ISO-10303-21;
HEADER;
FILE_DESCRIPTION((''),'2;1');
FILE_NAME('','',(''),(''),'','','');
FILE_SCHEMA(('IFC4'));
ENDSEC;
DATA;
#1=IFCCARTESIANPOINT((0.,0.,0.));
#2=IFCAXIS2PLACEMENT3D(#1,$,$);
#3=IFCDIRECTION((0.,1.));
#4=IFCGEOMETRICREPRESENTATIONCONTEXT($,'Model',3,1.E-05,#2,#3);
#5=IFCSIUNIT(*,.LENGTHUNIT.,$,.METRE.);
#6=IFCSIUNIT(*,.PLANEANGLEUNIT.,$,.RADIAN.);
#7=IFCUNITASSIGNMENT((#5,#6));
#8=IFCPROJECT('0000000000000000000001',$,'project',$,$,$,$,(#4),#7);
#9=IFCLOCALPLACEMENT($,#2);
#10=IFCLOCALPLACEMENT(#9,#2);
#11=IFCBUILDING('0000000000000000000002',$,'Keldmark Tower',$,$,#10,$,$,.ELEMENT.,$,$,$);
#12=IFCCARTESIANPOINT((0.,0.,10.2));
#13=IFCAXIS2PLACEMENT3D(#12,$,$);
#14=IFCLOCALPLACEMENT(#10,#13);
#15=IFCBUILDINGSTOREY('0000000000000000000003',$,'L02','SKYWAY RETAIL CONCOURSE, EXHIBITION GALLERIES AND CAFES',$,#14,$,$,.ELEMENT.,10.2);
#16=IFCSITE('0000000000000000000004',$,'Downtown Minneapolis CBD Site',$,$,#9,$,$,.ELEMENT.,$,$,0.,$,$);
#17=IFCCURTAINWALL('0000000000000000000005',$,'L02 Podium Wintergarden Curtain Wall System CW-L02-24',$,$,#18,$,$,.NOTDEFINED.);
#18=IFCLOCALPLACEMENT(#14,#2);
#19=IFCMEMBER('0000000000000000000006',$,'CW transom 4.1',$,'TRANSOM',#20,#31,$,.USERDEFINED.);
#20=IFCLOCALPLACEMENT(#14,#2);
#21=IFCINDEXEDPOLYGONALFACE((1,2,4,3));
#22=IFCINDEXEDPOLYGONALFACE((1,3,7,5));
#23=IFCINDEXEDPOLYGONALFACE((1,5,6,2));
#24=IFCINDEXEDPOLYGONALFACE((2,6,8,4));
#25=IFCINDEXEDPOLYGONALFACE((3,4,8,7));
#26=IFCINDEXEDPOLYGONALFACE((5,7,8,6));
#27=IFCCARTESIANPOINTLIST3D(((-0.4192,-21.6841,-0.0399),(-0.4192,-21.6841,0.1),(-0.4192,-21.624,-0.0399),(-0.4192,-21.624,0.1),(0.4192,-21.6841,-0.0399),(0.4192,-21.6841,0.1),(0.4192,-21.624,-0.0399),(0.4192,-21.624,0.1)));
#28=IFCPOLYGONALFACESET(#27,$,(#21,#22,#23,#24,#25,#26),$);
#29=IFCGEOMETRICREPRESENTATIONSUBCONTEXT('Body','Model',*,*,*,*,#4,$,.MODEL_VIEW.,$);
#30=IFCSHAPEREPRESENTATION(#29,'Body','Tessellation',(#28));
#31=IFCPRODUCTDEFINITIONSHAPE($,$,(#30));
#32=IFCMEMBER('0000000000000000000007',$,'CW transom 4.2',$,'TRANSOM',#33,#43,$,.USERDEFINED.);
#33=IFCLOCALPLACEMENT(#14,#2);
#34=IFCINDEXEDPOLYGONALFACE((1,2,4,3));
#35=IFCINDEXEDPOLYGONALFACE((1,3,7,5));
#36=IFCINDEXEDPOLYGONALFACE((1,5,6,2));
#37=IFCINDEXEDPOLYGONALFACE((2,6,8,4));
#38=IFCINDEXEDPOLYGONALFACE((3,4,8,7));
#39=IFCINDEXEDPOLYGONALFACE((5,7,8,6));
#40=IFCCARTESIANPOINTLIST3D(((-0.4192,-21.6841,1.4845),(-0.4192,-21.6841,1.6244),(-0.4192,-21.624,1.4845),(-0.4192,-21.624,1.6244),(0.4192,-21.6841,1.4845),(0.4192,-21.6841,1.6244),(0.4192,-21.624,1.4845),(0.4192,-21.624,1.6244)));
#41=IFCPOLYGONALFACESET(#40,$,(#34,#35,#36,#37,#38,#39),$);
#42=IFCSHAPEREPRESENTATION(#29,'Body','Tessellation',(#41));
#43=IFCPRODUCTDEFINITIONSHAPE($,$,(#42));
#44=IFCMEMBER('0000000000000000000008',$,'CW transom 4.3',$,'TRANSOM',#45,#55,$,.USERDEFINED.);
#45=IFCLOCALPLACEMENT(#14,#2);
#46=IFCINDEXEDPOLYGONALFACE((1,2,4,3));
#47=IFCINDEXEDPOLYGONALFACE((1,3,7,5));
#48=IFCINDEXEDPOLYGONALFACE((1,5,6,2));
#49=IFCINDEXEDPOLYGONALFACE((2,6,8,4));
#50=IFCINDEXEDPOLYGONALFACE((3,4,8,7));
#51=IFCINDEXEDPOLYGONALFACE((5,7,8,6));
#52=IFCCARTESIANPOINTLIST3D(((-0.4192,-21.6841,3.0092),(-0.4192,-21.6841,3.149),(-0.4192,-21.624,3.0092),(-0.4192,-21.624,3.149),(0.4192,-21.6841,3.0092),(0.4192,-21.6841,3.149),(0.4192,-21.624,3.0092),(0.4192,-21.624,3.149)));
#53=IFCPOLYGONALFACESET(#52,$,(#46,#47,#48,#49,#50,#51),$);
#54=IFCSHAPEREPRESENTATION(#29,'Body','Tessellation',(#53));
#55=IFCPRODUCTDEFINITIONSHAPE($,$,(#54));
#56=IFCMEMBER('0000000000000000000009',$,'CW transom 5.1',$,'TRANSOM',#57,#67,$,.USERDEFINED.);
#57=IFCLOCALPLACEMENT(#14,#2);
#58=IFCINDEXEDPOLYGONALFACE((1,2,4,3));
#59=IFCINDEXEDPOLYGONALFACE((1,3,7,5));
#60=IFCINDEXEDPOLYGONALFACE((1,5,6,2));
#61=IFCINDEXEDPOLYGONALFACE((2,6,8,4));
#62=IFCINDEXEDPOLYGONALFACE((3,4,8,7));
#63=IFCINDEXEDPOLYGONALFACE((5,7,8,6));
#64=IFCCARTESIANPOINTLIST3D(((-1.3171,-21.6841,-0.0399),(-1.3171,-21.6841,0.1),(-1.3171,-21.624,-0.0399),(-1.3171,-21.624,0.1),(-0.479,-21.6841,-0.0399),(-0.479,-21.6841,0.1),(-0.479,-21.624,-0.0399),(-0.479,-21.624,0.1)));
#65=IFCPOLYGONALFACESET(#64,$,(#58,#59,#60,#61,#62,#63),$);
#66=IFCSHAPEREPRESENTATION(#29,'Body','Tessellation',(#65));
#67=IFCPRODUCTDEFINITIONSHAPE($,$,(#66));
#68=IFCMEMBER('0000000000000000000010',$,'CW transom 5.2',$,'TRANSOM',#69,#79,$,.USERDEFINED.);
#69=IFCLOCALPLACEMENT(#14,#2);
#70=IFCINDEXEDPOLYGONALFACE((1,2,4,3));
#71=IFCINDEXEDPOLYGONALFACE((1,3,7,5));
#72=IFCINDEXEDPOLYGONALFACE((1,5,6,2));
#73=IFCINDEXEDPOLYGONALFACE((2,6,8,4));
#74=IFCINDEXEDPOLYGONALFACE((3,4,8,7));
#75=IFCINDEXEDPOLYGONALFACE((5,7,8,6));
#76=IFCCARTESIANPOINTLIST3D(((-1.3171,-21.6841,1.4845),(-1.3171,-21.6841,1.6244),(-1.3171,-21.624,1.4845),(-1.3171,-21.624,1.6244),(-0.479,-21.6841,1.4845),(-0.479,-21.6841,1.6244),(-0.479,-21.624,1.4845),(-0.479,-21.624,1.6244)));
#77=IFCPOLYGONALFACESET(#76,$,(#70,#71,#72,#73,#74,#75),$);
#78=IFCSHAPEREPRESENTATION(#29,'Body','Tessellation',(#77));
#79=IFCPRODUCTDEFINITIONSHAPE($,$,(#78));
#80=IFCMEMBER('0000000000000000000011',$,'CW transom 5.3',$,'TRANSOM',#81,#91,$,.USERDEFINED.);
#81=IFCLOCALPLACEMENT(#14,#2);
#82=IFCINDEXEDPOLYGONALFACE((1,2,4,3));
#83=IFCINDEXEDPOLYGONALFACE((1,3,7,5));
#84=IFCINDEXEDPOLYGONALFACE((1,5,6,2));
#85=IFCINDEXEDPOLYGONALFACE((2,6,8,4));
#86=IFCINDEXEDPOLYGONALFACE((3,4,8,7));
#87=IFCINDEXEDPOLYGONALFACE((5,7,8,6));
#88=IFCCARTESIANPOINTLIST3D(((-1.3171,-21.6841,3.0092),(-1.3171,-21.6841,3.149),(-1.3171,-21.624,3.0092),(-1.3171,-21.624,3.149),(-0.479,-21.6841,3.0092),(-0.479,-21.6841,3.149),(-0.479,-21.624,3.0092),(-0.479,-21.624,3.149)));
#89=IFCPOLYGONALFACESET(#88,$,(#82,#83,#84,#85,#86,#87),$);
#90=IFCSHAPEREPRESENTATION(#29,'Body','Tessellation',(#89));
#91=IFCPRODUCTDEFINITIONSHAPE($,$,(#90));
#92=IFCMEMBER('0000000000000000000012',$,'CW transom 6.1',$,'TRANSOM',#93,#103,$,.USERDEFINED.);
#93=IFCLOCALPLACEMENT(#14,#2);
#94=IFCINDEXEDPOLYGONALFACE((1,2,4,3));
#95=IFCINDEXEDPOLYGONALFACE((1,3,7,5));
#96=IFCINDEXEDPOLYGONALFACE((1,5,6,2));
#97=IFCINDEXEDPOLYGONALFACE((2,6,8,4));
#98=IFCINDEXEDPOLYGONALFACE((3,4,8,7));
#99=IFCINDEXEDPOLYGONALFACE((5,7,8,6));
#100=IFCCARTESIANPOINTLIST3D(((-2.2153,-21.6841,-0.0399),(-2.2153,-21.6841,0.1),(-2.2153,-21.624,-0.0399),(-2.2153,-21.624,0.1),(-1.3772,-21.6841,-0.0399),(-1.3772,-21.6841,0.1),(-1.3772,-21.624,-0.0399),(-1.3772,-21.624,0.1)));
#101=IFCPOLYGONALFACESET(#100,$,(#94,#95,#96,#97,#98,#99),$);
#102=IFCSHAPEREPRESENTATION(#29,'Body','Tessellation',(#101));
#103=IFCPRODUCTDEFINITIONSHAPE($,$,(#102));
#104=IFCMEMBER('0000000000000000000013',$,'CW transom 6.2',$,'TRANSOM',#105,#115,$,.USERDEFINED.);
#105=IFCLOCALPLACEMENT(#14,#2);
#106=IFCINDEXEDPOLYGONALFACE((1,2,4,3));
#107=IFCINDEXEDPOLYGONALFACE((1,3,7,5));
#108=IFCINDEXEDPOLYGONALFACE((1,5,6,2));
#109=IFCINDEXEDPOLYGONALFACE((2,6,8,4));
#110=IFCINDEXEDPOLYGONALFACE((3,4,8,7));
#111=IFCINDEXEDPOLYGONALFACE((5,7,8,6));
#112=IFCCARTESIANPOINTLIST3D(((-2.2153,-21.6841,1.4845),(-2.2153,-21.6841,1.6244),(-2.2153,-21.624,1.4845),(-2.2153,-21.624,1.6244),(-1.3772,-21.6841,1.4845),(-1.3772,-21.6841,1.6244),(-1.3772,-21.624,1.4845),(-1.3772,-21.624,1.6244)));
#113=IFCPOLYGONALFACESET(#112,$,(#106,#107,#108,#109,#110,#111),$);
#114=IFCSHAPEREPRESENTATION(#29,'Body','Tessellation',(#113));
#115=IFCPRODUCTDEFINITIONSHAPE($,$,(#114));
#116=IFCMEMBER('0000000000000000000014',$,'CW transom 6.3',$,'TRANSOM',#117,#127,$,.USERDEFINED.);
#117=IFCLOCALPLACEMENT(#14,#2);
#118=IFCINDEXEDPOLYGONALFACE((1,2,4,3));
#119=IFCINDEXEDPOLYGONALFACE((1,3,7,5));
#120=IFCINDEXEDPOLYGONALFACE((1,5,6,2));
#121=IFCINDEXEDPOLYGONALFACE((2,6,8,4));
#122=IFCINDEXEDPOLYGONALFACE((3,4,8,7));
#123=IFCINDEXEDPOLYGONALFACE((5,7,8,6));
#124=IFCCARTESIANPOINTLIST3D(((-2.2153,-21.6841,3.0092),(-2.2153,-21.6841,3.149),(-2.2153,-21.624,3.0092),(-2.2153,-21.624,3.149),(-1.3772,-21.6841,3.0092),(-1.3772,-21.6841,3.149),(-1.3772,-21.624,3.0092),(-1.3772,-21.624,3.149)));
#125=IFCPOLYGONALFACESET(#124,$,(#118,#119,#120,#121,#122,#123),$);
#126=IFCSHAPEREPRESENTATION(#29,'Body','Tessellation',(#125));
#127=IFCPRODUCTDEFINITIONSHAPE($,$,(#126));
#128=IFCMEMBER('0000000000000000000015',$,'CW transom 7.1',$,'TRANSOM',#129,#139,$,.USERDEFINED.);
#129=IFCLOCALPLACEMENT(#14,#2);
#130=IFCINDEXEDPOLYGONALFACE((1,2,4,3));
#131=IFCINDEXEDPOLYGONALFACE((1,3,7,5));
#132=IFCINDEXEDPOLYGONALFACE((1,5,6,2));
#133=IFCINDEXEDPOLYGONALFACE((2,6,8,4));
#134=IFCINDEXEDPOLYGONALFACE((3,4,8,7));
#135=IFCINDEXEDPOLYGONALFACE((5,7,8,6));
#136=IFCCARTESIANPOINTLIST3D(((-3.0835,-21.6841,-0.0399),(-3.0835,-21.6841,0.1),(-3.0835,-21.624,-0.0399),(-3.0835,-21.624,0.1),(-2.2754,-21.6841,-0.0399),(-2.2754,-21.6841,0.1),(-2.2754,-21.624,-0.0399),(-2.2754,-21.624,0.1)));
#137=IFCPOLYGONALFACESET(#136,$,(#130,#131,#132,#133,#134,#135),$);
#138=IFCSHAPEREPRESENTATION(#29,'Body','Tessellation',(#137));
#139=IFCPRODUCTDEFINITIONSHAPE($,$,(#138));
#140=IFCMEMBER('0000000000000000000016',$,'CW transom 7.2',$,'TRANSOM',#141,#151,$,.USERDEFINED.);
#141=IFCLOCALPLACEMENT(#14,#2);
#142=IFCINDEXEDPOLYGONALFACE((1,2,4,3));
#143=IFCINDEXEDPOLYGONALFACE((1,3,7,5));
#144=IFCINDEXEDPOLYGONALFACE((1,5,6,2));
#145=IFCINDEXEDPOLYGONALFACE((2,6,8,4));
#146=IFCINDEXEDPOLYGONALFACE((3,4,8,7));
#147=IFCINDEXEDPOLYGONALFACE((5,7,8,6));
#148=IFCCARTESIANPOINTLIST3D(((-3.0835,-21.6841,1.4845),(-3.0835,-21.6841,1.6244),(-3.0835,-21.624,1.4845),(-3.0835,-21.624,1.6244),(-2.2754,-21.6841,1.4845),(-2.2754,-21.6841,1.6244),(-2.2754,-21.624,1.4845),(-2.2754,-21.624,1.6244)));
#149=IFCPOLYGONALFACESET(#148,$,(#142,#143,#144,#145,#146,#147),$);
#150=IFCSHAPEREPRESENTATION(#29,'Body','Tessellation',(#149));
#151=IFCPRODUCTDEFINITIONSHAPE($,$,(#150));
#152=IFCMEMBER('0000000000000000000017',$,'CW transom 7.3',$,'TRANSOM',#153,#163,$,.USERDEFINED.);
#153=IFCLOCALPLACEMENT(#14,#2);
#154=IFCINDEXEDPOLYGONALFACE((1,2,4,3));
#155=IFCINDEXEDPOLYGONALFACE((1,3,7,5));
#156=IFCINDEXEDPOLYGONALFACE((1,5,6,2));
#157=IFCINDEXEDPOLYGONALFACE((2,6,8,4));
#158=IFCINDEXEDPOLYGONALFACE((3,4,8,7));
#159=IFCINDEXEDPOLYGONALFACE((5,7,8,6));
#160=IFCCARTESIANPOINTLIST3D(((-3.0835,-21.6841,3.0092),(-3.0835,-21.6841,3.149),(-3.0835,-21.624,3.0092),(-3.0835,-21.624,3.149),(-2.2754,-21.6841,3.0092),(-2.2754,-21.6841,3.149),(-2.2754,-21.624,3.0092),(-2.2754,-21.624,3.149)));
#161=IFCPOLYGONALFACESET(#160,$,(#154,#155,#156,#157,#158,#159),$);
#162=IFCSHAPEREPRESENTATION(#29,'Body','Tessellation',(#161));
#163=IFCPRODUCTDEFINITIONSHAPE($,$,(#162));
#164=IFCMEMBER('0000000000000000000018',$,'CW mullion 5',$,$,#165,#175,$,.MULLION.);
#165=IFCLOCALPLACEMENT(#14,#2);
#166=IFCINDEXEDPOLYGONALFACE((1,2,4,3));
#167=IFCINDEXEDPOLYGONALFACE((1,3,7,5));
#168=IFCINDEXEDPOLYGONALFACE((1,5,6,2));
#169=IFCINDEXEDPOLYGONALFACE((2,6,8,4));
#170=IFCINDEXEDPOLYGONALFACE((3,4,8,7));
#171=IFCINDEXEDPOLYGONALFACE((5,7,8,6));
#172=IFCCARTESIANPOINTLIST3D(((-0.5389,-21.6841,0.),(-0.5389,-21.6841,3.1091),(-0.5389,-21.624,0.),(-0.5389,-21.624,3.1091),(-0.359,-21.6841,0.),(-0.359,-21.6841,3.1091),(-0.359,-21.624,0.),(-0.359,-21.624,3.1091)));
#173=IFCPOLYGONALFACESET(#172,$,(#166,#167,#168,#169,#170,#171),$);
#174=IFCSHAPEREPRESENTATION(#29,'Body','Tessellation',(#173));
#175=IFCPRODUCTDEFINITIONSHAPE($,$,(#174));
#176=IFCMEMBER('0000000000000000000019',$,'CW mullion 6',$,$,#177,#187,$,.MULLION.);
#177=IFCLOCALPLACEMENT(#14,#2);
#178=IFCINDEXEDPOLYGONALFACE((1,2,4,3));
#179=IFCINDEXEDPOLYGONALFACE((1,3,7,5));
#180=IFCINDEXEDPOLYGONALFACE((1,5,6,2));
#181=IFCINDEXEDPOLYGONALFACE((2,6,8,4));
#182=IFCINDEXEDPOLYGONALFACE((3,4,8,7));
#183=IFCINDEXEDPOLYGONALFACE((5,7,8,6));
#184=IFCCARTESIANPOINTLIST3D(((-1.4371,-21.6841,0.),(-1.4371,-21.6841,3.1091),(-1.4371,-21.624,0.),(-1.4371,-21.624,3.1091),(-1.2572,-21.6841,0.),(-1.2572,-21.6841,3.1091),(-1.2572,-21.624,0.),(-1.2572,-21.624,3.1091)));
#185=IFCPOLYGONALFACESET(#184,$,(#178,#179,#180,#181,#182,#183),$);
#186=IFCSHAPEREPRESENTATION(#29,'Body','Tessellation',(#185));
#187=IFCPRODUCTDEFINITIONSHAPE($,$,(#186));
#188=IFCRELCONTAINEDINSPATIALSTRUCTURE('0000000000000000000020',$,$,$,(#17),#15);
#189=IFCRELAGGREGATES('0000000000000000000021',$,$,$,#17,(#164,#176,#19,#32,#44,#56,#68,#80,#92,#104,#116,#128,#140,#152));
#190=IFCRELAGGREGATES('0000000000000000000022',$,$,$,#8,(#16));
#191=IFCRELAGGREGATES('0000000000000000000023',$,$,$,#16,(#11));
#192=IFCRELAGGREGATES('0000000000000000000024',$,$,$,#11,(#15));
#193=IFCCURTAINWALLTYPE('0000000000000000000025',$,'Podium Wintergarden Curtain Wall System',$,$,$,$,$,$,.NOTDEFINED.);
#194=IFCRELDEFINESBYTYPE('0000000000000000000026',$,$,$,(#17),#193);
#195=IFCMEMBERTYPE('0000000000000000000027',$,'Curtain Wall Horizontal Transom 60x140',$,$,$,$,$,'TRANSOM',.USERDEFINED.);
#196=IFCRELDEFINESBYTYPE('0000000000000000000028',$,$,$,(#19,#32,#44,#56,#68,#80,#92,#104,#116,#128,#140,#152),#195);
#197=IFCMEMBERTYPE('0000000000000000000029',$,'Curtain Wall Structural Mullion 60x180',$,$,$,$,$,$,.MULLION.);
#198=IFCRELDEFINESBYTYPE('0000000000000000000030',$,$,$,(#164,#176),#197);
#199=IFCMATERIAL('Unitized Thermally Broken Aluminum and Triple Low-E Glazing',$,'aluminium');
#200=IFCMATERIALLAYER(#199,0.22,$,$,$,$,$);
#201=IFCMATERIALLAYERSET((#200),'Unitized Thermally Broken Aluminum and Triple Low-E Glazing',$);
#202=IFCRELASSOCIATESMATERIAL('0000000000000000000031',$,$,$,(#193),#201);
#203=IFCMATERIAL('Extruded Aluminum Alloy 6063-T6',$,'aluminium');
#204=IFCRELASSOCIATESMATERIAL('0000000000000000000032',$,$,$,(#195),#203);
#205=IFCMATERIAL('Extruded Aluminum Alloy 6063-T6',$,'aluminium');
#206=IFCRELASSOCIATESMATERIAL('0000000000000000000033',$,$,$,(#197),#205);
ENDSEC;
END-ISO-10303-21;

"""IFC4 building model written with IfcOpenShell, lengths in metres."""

from ifc_helpers import new_model, si_unit, direction, frame, origin, origin_2d, place, context, subcontext, project, spatial, rectangle, extrude, material, layer, layer_set, material_profile, profile_set, type_object, element, aggregate, save


model = new_model("IFC4")

# Units and contexts
model_context = context("Model", 3, precision=1e-05, world=origin(), true_north=direction((0.0, 1.0)))
body_context = subcontext(model_context, "Body", "Model", "MODEL_VIEW")
ifc_project = project(units=[si_unit("LENGTHUNIT", "METRE"), si_unit("PLANEANGLEUNIT", "RADIAN")], contexts=[model_context])

# Site, building, storey
site_placement = place(None, origin())
site = spatial("IfcSite", under=ifc_project, at=site_placement, Name="Downtown Minneapolis CBD Site", CompositionType="ELEMENT", RefElevation=0.0)
building_placement = place(site_placement, origin())
building = spatial("IfcBuilding", under=site, at=building_placement, Name="Keldmark Tower", CompositionType="ELEMENT")
storey_placement = place(building_placement, frame((0.0, 0.0, 10.2)))
storey = spatial("IfcBuildingStorey", under=building, at=storey_placement, Name="L02", Description="SKYWAY RETAIL CONCOURSE, EXHIBITION GALLERIES AND CAFES", CompositionType="ELEMENT", Elevation=10.2)

# Curtain wall, members
ifc_material_1 = material(Name="Unitized Thermally Broken Aluminum and Triple Low-E Glazing", Category="aluminium")
ifc_layer_1 = layer(ifc_material_1, 0.22)
ifc_layer_set_1 = layer_set([ifc_layer_1], Name="Unitized Thermally Broken Aluminum and Triple Low-E Glazing")
curtain_wall_type = type_object("IfcCurtainWallType", Name="Podium Wintergarden Curtain Wall System", PredefinedType="NOTDEFINED", material=ifc_layer_set_1)
curtain_wall_placement = place(storey_placement, origin())
curtain_wall = element("IfcCurtainWall", 1, at=curtain_wall_placement, inside=storey, type_object=curtain_wall_type, Name="L02 Podium Wintergarden Curtain Wall System CW-L02-24", PredefinedType="NOTDEFINED")
ifc_material_2 = material(Name="Extruded Aluminum Alloy 6063-T6", Category="aluminium")
ifc_material_profile_1 = material_profile(ifc_material_2, rectangle(XDim=0.0601, YDim=0.1399, at=origin_2d()), Name="CWT60X140")
ifc_profile_set_1 = profile_set([ifc_material_profile_1], Name="Extruded Aluminum Alloy 6063-T6")
member_type_1 = type_object("IfcMemberType", Name="Curtain Wall Horizontal Transom 60x140", ElementType="TRANSOM", PredefinedType="USERDEFINED", material=ifc_profile_set_1)
member_1_placement = place(storey_placement, frame((0.4192, -21.6541, 0.03), z_axis=(-1.0, 0.0, 0.0), x_axis=(0.0, -1.0, 0.0)))
member_1 = element("IfcMember", 2, at=member_1_placement, type_object=member_type_1, Name="CW transom 4.1", ObjectType="TRANSOM", PredefinedType="USERDEFINED", context=body_context, shape_type="SweptSolid", body=[
    extrude(rectangle(XDim=0.0601, YDim=0.1399, at=origin_2d()), origin(), (0.0, 0.0, 1.0), 0.8384),
])
member_2_placement = place(storey_placement, frame((0.4192, -21.6541, 1.5544), z_axis=(-1.0, 0.0, 0.0), x_axis=(0.0, -1.0, 0.0)))
member_2 = element("IfcMember", 3, at=member_2_placement, type_object=member_type_1, Name="CW transom 4.2", ObjectType="TRANSOM", PredefinedType="USERDEFINED", context=body_context, shape_type="SweptSolid", body=[
    extrude(rectangle(XDim=0.0601, YDim=0.1399, at=origin_2d()), origin(), (0.0, 0.0, 1.0), 0.8384),
])
member_3_placement = place(storey_placement, frame((0.4192, -21.6541, 3.0791), z_axis=(-1.0, 0.0, 0.0), x_axis=(0.0, -1.0, 0.0)))
member_3 = element("IfcMember", 4, at=member_3_placement, type_object=member_type_1, Name="CW transom 4.3", ObjectType="TRANSOM", PredefinedType="USERDEFINED", context=body_context, shape_type="SweptSolid", body=[
    extrude(rectangle(XDim=0.0601, YDim=0.1399, at=origin_2d()), origin(), (0.0, 0.0, 1.0), 0.8384),
])
member_4_placement = place(storey_placement, frame((-0.479, -21.6541, 0.03), z_axis=(-1.0, 0.0, 0.0), x_axis=(0.0, -1.0, 0.0)))
member_4 = element("IfcMember", 5, at=member_4_placement, type_object=member_type_1, Name="CW transom 5.1", ObjectType="TRANSOM", PredefinedType="USERDEFINED", context=body_context, shape_type="SweptSolid", body=[
    extrude(rectangle(XDim=0.0601, YDim=0.1399, at=origin_2d()), origin(), (0.0, 0.0, 1.0), 0.8381),
])
member_5_placement = place(storey_placement, frame((-0.479, -21.6541, 1.5544), z_axis=(-1.0, 0.0, 0.0), x_axis=(0.0, -1.0, 0.0)))
member_5 = element("IfcMember", 6, at=member_5_placement, type_object=member_type_1, Name="CW transom 5.2", ObjectType="TRANSOM", PredefinedType="USERDEFINED", context=body_context, shape_type="SweptSolid", body=[
    extrude(rectangle(XDim=0.0601, YDim=0.1399, at=origin_2d()), origin(), (0.0, 0.0, 1.0), 0.8381),
])
member_6_placement = place(storey_placement, frame((-0.479, -21.6541, 3.0791), z_axis=(-1.0, 0.0, 0.0), x_axis=(0.0, -1.0, 0.0)))
member_6 = element("IfcMember", 7, at=member_6_placement, type_object=member_type_1, Name="CW transom 5.3", ObjectType="TRANSOM", PredefinedType="USERDEFINED", context=body_context, shape_type="SweptSolid", body=[
    extrude(rectangle(XDim=0.0601, YDim=0.1399, at=origin_2d()), origin(), (0.0, 0.0, 1.0), 0.8381),
])
member_7_placement = place(storey_placement, frame((-1.3772, -21.6541, 0.03), z_axis=(-1.0, 0.0, 0.0), x_axis=(0.0, -1.0, 0.0)))
member_7 = element("IfcMember", 8, at=member_7_placement, type_object=member_type_1, Name="CW transom 6.1", ObjectType="TRANSOM", PredefinedType="USERDEFINED", context=body_context, shape_type="SweptSolid", body=[
    extrude(rectangle(XDim=0.0601, YDim=0.1399, at=origin_2d()), origin(), (0.0, 0.0, 1.0), 0.8381),
])
member_8_placement = place(storey_placement, frame((-1.3772, -21.6541, 1.5544), z_axis=(-1.0, 0.0, 0.0), x_axis=(0.0, -1.0, 0.0)))
member_8 = element("IfcMember", 9, at=member_8_placement, type_object=member_type_1, Name="CW transom 6.2", ObjectType="TRANSOM", PredefinedType="USERDEFINED", context=body_context, shape_type="SweptSolid", body=[
    extrude(rectangle(XDim=0.0601, YDim=0.1399, at=origin_2d()), origin(), (0.0, 0.0, 1.0), 0.8381),
])
member_9_placement = place(storey_placement, frame((-1.3772, -21.6541, 3.0791), z_axis=(-1.0, 0.0, 0.0), x_axis=(0.0, -1.0, 0.0)))
member_9 = element("IfcMember", 10, at=member_9_placement, type_object=member_type_1, Name="CW transom 6.3", ObjectType="TRANSOM", PredefinedType="USERDEFINED", context=body_context, shape_type="SweptSolid", body=[
    extrude(rectangle(XDim=0.0601, YDim=0.1399, at=origin_2d()), origin(), (0.0, 0.0, 1.0), 0.8381),
])
member_10_placement = place(storey_placement, frame((-2.2754, -21.6541, 0.03), z_axis=(-1.0, 0.0, 0.0), x_axis=(0.0, -1.0, 0.0)))
member_10 = element("IfcMember", 11, at=member_10_placement, type_object=member_type_1, Name="CW transom 7.1", ObjectType="TRANSOM", PredefinedType="USERDEFINED", context=body_context, shape_type="SweptSolid", body=[
    extrude(rectangle(XDim=0.0601, YDim=0.1399, at=origin_2d()), origin(), (0.0, 0.0, 1.0), 0.8081),
])
member_11_placement = place(storey_placement, frame((-2.2754, -21.6541, 1.5544), z_axis=(-1.0, 0.0, 0.0), x_axis=(0.0, -1.0, 0.0)))
member_11 = element("IfcMember", 12, at=member_11_placement, type_object=member_type_1, Name="CW transom 7.2", ObjectType="TRANSOM", PredefinedType="USERDEFINED", context=body_context, shape_type="SweptSolid", body=[
    extrude(rectangle(XDim=0.0601, YDim=0.1399, at=origin_2d()), origin(), (0.0, 0.0, 1.0), 0.8081),
])
member_12_placement = place(storey_placement, frame((-2.2754, -21.6541, 3.0791), z_axis=(-1.0, 0.0, 0.0), x_axis=(0.0, -1.0, 0.0)))
member_12 = element("IfcMember", 13, at=member_12_placement, type_object=member_type_1, Name="CW transom 7.3", ObjectType="TRANSOM", PredefinedType="USERDEFINED", context=body_context, shape_type="SweptSolid", body=[
    extrude(rectangle(XDim=0.0601, YDim=0.1399, at=origin_2d()), origin(), (0.0, 0.0, 1.0), 0.8081),
])
ifc_material_3 = material(Name="Extruded Aluminum Alloy 6063-T6", Category="aluminium")
ifc_material_profile_2 = material_profile(ifc_material_3, rectangle(XDim=0.0601, YDim=0.1799, at=origin_2d()), Name="CWM60X180")
ifc_profile_set_2 = profile_set([ifc_material_profile_2], Name="Extruded Aluminum Alloy 6063-T6")
member_type_2 = type_object("IfcMemberType", Name="Curtain Wall Structural Mullion 60x180", PredefinedType="MULLION", material=ifc_profile_set_2)
member_13_placement = place(storey_placement, frame((-0.449, -21.6541, 0.0), z_axis=(0.0, 0.0, 1.0), x_axis=(0.0, -1.0, 0.0)))
member_13 = element("IfcMember", 14, at=member_13_placement, type_object=member_type_2, Name="CW mullion 5", PredefinedType="MULLION", context=body_context, shape_type="SweptSolid", body=[
    extrude(rectangle(XDim=0.0601, YDim=0.1799, at=origin_2d()), origin(), (0.0, 0.0, 1.0), 3.1091),
])
member_14_placement = place(storey_placement, frame((-1.3472, -21.6541, 0.0), z_axis=(0.0, 0.0, 1.0), x_axis=(0.0, -1.0, 0.0)))
member_14 = element("IfcMember", 15, at=member_14_placement, type_object=member_type_2, Name="CW mullion 6", PredefinedType="MULLION", context=body_context, shape_type="SweptSolid", body=[
    extrude(rectangle(XDim=0.0601, YDim=0.1799, at=origin_2d()), origin(), (0.0, 0.0, 1.0), 3.1091),
])

aggregate(curtain_wall, [member_13, member_14, member_1, member_2, member_3, member_4, member_5, member_6, member_7, member_8, member_9, member_10, member_11, member_12])

save(model, "model.ifc")
